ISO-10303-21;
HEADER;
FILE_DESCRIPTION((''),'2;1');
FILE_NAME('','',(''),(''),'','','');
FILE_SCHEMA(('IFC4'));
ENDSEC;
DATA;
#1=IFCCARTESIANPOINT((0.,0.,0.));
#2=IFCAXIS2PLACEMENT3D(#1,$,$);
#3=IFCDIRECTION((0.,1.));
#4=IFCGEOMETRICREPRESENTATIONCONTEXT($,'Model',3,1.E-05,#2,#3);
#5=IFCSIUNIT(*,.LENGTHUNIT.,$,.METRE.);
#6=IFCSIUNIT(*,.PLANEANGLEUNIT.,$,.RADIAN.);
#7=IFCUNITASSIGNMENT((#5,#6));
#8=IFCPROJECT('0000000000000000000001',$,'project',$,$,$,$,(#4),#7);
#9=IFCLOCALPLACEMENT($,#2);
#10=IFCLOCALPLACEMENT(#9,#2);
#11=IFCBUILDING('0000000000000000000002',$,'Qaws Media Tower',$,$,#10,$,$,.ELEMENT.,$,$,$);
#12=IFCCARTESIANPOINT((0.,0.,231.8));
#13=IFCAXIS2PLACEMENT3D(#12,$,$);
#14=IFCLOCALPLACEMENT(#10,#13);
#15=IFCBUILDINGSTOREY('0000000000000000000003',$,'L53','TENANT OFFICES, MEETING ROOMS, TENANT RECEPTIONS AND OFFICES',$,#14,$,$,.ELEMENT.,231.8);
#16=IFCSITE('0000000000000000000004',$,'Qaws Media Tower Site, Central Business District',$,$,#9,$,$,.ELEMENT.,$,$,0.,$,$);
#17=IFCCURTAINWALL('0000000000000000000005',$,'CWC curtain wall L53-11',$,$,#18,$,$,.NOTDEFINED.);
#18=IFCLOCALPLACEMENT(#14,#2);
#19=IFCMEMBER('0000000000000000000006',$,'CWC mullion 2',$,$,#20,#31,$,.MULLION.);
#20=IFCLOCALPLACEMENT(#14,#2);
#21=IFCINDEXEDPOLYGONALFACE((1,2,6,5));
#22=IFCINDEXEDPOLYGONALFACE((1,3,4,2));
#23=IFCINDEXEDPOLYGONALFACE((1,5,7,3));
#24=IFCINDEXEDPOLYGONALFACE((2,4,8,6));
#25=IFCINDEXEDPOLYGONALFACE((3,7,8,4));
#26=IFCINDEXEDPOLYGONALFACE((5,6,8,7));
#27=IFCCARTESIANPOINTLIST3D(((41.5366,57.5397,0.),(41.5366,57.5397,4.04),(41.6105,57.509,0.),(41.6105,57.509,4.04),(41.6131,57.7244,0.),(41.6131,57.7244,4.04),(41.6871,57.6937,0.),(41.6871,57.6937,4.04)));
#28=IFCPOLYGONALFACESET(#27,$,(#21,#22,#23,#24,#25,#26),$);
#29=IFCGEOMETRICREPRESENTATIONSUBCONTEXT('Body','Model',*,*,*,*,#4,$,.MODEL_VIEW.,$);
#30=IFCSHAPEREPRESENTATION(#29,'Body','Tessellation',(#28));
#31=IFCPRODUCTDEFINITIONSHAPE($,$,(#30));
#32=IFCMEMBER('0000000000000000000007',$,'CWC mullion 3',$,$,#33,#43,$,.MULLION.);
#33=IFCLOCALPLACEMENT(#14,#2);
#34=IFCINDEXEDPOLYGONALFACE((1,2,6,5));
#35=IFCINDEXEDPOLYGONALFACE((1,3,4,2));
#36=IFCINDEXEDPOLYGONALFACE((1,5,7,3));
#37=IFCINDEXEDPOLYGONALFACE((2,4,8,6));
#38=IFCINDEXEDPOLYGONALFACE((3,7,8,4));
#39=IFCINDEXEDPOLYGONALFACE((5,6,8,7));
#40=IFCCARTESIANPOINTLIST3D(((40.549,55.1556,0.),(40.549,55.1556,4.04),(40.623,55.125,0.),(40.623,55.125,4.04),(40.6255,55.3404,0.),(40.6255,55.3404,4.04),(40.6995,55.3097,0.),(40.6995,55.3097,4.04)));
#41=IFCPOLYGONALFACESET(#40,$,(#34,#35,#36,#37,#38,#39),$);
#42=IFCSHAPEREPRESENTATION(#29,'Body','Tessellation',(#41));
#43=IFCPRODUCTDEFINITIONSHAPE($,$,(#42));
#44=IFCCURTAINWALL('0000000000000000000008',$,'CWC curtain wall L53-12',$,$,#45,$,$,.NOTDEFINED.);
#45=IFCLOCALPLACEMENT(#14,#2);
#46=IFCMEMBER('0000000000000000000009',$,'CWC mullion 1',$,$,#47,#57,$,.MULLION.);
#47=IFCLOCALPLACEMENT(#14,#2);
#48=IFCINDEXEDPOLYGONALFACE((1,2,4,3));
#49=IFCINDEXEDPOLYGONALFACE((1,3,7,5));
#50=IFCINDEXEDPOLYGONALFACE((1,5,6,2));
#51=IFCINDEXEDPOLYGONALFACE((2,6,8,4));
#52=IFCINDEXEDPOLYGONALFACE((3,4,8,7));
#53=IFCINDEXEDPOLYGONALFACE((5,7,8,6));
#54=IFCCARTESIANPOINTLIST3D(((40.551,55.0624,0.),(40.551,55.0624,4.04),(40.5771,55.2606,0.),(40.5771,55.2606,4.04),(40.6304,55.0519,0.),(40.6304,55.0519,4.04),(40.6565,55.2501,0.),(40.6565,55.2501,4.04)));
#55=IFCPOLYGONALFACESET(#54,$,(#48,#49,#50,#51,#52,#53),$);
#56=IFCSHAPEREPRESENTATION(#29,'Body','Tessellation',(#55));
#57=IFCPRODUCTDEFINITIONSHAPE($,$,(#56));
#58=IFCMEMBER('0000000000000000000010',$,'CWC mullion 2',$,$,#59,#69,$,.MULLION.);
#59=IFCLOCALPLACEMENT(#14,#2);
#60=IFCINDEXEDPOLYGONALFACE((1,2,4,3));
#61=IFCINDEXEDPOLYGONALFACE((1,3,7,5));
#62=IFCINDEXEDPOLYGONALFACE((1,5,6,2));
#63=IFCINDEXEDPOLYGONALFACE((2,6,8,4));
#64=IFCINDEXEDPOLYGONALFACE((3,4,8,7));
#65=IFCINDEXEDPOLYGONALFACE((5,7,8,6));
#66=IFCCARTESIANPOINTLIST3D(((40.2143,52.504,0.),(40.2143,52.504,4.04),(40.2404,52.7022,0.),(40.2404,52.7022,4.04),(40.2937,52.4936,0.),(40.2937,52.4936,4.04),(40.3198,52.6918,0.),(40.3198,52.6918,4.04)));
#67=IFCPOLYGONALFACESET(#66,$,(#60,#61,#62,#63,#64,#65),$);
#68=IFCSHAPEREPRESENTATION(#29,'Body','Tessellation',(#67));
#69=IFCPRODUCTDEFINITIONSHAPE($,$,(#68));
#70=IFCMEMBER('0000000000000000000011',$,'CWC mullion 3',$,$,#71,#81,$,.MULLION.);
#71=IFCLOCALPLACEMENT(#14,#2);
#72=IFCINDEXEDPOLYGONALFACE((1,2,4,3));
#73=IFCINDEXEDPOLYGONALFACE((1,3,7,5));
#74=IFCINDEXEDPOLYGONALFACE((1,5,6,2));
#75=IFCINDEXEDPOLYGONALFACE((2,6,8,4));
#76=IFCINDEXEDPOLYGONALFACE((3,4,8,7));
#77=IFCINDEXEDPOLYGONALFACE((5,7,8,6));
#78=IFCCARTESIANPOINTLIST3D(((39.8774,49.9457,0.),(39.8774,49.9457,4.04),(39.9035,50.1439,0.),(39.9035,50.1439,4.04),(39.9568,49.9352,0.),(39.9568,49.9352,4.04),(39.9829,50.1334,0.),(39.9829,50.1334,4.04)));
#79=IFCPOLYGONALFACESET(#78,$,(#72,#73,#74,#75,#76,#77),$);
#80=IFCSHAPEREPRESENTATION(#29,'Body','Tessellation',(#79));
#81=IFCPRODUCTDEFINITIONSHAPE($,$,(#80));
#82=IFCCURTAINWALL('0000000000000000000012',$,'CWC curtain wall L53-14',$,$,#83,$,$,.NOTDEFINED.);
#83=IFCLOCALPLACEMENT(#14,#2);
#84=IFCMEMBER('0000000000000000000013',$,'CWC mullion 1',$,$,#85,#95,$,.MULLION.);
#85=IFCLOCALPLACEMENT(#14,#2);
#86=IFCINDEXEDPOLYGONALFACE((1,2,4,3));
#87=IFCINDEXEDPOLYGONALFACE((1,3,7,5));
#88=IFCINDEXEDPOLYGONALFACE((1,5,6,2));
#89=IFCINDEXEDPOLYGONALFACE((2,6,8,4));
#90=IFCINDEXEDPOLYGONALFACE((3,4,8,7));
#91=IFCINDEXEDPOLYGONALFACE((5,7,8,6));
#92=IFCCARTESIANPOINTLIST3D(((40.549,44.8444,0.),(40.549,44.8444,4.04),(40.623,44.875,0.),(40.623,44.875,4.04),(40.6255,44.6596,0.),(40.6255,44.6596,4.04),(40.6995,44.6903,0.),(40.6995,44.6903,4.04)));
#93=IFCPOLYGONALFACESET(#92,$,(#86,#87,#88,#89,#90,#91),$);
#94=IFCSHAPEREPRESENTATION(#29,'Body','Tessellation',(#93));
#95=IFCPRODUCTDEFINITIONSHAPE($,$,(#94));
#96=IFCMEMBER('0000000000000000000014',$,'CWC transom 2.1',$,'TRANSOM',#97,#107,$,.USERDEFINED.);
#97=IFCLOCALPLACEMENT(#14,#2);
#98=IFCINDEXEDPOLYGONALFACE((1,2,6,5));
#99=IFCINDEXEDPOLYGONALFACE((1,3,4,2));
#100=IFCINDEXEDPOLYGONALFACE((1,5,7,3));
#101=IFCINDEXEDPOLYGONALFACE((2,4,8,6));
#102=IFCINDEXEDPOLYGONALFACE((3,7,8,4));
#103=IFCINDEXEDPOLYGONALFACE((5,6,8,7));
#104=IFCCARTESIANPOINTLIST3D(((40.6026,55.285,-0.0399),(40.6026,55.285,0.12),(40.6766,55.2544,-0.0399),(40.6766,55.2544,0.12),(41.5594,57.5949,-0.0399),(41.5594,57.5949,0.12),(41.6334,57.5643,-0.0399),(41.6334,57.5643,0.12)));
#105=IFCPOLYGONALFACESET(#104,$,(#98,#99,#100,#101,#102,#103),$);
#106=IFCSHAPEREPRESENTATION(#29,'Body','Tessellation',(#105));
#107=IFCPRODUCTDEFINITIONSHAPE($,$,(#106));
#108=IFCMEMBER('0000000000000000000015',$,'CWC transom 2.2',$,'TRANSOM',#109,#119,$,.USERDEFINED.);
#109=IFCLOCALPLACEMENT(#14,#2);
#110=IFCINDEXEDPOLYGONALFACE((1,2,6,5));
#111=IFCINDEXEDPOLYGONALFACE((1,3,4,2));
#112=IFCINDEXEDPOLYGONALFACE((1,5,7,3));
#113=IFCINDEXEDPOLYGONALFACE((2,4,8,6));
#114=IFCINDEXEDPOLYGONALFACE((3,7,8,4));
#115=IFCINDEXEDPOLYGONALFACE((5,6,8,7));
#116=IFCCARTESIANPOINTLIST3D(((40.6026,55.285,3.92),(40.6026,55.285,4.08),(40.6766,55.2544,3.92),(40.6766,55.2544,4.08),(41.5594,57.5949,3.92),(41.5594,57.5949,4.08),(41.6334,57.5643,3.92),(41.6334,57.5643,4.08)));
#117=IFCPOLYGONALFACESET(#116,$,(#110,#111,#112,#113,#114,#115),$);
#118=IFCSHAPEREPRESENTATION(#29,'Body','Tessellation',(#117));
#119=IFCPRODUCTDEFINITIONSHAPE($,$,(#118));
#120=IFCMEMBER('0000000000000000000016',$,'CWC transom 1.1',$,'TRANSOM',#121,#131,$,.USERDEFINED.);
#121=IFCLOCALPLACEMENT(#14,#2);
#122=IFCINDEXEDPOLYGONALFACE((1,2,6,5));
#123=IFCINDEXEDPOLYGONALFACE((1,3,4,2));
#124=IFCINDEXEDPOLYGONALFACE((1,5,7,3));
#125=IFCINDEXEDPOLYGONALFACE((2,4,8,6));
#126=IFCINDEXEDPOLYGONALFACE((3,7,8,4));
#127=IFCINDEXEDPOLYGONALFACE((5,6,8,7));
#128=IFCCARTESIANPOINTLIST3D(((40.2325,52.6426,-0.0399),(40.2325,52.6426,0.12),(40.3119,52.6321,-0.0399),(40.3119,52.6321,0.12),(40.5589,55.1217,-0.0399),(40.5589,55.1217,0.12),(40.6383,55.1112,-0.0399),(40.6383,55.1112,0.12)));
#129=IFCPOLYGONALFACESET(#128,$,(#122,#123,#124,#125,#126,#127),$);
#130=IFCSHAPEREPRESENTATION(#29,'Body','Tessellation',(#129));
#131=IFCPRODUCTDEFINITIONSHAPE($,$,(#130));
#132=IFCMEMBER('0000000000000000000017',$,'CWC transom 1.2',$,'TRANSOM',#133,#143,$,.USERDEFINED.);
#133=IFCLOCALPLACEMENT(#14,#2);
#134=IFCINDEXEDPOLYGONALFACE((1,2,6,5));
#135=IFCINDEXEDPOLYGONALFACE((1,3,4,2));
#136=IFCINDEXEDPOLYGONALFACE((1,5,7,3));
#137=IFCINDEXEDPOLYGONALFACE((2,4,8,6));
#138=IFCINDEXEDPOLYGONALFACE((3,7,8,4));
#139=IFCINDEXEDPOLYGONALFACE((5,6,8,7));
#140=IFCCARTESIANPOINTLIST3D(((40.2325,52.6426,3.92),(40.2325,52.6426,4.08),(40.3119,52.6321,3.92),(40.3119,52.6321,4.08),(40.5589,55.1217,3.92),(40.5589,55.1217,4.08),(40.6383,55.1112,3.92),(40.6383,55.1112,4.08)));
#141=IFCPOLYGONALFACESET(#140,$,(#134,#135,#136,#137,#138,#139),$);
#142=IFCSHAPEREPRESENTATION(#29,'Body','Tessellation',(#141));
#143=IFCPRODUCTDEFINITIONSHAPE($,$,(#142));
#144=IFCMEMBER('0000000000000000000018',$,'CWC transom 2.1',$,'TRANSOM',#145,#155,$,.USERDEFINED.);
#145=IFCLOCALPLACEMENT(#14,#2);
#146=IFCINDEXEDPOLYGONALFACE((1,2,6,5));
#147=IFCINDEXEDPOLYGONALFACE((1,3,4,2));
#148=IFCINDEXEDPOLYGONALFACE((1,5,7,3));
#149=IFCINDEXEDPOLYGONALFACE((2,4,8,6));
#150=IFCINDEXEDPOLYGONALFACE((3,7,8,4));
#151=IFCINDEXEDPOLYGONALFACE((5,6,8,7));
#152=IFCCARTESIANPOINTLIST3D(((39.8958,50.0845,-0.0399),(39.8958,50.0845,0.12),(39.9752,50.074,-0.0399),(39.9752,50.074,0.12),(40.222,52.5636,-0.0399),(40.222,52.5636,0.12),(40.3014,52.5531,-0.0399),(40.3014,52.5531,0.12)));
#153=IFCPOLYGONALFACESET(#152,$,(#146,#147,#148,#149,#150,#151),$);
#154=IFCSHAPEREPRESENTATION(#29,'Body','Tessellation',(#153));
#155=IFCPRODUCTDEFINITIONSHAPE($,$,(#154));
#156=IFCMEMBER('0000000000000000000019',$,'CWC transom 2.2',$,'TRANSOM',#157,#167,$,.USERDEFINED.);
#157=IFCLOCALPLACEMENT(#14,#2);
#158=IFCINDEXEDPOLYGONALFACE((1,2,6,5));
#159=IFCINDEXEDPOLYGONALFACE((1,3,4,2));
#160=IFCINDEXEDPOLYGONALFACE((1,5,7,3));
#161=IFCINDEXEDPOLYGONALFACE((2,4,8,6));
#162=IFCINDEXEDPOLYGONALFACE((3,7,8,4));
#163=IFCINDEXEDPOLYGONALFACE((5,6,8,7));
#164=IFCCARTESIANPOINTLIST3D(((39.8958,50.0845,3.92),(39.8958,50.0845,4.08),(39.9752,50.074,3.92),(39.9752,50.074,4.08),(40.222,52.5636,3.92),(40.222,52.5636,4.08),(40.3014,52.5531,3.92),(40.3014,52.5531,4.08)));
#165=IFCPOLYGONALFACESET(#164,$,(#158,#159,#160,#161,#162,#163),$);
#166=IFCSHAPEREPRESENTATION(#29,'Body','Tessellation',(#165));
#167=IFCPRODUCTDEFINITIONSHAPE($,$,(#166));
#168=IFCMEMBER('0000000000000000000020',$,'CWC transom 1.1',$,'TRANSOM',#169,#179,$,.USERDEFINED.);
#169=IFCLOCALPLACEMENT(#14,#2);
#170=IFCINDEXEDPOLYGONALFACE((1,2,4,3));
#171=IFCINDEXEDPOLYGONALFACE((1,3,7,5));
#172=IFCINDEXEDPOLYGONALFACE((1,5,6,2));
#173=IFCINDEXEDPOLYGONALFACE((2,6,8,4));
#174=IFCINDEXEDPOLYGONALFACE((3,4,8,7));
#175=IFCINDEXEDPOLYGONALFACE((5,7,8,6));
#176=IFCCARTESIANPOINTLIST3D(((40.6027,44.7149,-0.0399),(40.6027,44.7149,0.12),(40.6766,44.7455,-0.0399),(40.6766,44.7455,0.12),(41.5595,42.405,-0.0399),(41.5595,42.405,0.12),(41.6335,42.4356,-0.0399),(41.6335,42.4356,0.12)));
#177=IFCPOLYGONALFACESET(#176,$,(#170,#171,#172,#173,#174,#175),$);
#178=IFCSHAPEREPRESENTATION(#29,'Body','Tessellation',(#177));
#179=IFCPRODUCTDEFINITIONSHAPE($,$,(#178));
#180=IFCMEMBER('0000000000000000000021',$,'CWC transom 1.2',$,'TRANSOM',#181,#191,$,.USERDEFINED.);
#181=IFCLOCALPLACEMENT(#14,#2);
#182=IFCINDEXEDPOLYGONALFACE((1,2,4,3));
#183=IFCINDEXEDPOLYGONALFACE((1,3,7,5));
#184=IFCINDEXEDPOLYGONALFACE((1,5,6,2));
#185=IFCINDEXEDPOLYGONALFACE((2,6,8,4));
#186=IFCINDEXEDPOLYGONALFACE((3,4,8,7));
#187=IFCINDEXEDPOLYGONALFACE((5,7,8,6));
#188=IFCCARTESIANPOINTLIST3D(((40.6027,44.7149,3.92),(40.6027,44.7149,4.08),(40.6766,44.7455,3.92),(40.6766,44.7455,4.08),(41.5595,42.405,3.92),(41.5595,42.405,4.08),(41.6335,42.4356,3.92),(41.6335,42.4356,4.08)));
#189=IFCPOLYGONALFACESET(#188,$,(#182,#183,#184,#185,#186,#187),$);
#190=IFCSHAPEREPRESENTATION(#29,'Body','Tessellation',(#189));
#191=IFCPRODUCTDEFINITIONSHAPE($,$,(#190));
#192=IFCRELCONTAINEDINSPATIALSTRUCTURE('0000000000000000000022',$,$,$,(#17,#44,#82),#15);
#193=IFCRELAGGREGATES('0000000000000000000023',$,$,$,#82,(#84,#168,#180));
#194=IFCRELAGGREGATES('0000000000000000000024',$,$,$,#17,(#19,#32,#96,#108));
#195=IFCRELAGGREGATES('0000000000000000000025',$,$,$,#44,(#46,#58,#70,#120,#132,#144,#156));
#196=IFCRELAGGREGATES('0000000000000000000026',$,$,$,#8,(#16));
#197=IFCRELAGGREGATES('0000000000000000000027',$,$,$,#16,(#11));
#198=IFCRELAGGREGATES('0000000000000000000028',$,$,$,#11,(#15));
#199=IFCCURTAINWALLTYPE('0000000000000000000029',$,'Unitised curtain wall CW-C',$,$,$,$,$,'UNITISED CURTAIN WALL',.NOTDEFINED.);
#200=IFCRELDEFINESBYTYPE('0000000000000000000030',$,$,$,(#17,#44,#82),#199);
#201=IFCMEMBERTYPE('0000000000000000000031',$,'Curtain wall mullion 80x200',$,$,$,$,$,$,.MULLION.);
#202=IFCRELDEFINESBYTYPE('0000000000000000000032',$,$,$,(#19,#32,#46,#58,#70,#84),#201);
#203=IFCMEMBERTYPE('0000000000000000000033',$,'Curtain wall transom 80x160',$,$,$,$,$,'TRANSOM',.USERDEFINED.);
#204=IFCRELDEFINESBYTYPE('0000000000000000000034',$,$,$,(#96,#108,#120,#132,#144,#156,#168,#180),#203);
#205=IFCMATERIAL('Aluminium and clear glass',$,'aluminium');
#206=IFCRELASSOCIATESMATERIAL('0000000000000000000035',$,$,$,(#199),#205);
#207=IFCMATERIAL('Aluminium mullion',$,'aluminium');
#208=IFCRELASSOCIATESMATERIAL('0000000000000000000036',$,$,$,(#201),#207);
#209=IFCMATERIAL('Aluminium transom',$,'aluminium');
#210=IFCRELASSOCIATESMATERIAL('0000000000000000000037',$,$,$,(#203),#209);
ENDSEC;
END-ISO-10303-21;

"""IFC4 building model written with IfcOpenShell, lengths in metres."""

from ifc_helpers import new_model, si_unit, direction, frame, origin, origin_2d, place, context, subcontext, project, spatial, rectangle, extrude, material, material_profile, profile_set, type_object, element, aggregate, save


model = new_model("IFC4")

# Units and contexts
model_context = context("Model", 3, precision=1e-05, world=origin(), true_north=direction((0.0, 1.0)))
body_context = subcontext(model_context, "Body", "Model", "MODEL_VIEW")
ifc_project = project(units=[si_unit("LENGTHUNIT", "METRE"), si_unit("PLANEANGLEUNIT", "RADIAN")], contexts=[model_context])

# Site, building, storey
site_placement = place(None, origin())
site = spatial("IfcSite", under=ifc_project, at=site_placement, Name="Qaws Media Tower Site, Central Business District", CompositionType="ELEMENT", RefElevation=0.0)
building_placement = place(site_placement, origin())
building = spatial("IfcBuilding", under=site, at=building_placement, Name="Qaws Media Tower", CompositionType="ELEMENT")
storey_placement = place(building_placement, frame((0.0, 0.0, 231.8)))
storey = spatial("IfcBuildingStorey", under=building, at=storey_placement, Name="L53", Description="TENANT OFFICES, MEETING ROOMS, TENANT RECEPTIONS AND OFFICES", CompositionType="ELEMENT", Elevation=231.8)

# Curtain walls, members
ifc_material_1 = material(Name="Aluminium and clear glass", Category="aluminium")
curtain_wall_type = type_object("IfcCurtainWallType", Name="Unitised curtain wall CW-C", ElementType="UNITISED CURTAIN WALL", PredefinedType="NOTDEFINED", material=ifc_material_1)
curtain_wall_1_placement = place(storey_placement, origin())
curtain_wall_1 = element("IfcCurtainWall", 1, at=curtain_wall_1_placement, inside=storey, type_object=curtain_wall_type, Name="CWC curtain wall L53-11", PredefinedType="NOTDEFINED")
ifc_material_2 = material(Name="Aluminium mullion", Category="aluminium")
ifc_material_profile_1 = material_profile(ifc_material_2, rectangle(XDim=0.0801, YDim=0.2, at=origin_2d()), Name="80x200")
ifc_profile_set_1 = profile_set([ifc_material_profile_1], Name="Aluminium mullion")
member_type_1 = type_object("IfcMemberType", Name="Curtain wall mullion 80x200", PredefinedType="MULLION", material=ifc_profile_set_1)
member_1_placement = place(storey_placement, frame((41.6118, 57.6167, 0.0), z_axis=(0.0, 0.0, 1.0), x_axis=(0.92388, -0.382683, 0.0)))
member_1 = element("IfcMember", 2, at=member_1_placement, type_object=member_type_1, Name="CWC mullion 2", PredefinedType="MULLION", context=body_context, shape_type="SweptSolid", body=[
    extrude(rectangle(XDim=0.0801, YDim=0.2, at=origin_2d()), origin(), (0.0, 0.0, 1.0), 4.04),
])
member_2_placement = place(storey_placement, frame((40.6243, 55.2327, 0.0), z_axis=(0.0, 0.0, 1.0), x_axis=(0.92388, -0.382683, 0.0)))
member_2 = element("IfcMember", 3, at=member_2_placement, type_object=member_type_1, Name="CWC mullion 3", PredefinedType="MULLION", context=body_context, shape_type="SweptSolid", body=[
    extrude(rectangle(XDim=0.0801, YDim=0.2, at=origin_2d()), origin(), (0.0, 0.0, 1.0), 4.04),
])
curtain_wall_2_placement = place(storey_placement, origin())
curtain_wall_2 = element("IfcCurtainWall", 4, at=curtain_wall_2_placement, inside=storey, type_object=curtain_wall_type, Name="CWC curtain wall L53-12", PredefinedType="NOTDEFINED")
member_3_placement = place(storey_placement, frame((40.6038, 55.1562, 0.0), z_axis=(0.0, 0.0, 1.0), x_axis=(0.991445, -0.130526, 0.0)))
member_3 = element("IfcMember", 5, at=member_3_placement, type_object=member_type_1, Name="CWC mullion 1", PredefinedType="MULLION", context=body_context, shape_type="SweptSolid", body=[
    extrude(rectangle(XDim=0.0801, YDim=0.2, at=origin_2d()), origin(), (0.0, 0.0, 1.0), 4.04),
])
member_4_placement = place(storey_placement, frame((40.2671, 52.5979, 0.0), z_axis=(0.0, 0.0, 1.0), x_axis=(0.991445, -0.130526, 0.0)))
member_4 = element("IfcMember", 6, at=member_4_placement, type_object=member_type_1, Name="CWC mullion 2", PredefinedType="MULLION", context=body_context, shape_type="SweptSolid", body=[
    extrude(rectangle(XDim=0.0801, YDim=0.2, at=origin_2d()), origin(), (0.0, 0.0, 1.0), 4.04),
])
member_5_placement = place(storey_placement, frame((39.9302, 50.0396, 0.0), z_axis=(0.0, 0.0, 1.0), x_axis=(0.991445, -0.130526, 0.0)))
member_5 = element("IfcMember", 7, at=member_5_placement, type_object=member_type_1, Name="CWC mullion 3", PredefinedType="MULLION", context=body_context, shape_type="SweptSolid", body=[
    extrude(rectangle(XDim=0.0801, YDim=0.2, at=origin_2d()), origin(), (0.0, 0.0, 1.0), 4.04),
])

# Curtain wall, member
curtain_wall_3_placement = place(storey_placement, origin())
curtain_wall_3 = element("IfcCurtainWall", 8, at=curtain_wall_3_placement, inside=storey, type_object=curtain_wall_type, Name="CWC curtain wall L53-14", PredefinedType="NOTDEFINED")
member_6_placement = place(storey_placement, frame((40.6243, 44.7673, 0.0), z_axis=(0.0, 0.0, 1.0), x_axis=(0.92388, 0.382683, 0.0)))
member_6 = element("IfcMember", 9, at=member_6_placement, type_object=member_type_1, Name="CWC mullion 1", PredefinedType="MULLION", context=body_context, shape_type="SweptSolid", body=[
    extrude(rectangle(XDim=0.0801, YDim=0.2, at=origin_2d()), origin(), (0.0, 0.0, 1.0), 4.04),
])

# Members
ifc_material_3 = material(Name="Aluminium transom", Category="aluminium")
ifc_material_profile_2 = material_profile(ifc_material_3, rectangle(XDim=0.0801, YDim=0.1599, at=origin_2d()), Name="80x160")
ifc_profile_set_2 = profile_set([ifc_material_profile_2], Name="Aluminium transom")
member_type_2 = type_object("IfcMemberType", Name="Curtain wall transom 80x160", ElementType="TRANSOM", PredefinedType="USERDEFINED", material=ifc_profile_set_2)
member_7_placement = place(storey_placement, frame((41.5964, 57.5796, 0.04), z_axis=(-0.382694, -0.923875, 0.0), x_axis=(0.923875, -0.382694, 0.0)))
member_7 = element("IfcMember", 10, at=member_7_placement, type_object=member_type_2, Name="CWC transom 2.1", ObjectType="TRANSOM", PredefinedType="USERDEFINED", context=body_context, shape_type="SweptSolid", body=[
    extrude(rectangle(XDim=0.0801, YDim=0.1599, at=origin_2d()), origin(), (0.0, 0.0, 1.0), 2.5002),
])
member_8_placement = place(storey_placement, frame((41.5964, 57.5796, 4.0), z_axis=(-0.382694, -0.923875, 0.0), x_axis=(0.923875, -0.382694, 0.0)))
member_8 = element("IfcMember", 11, at=member_8_placement, type_object=member_type_2, Name="CWC transom 2.2", ObjectType="TRANSOM", PredefinedType="USERDEFINED", context=body_context, shape_type="SweptSolid", body=[
    extrude(rectangle(XDim=0.0801, YDim=0.1599, at=origin_2d()), origin(), (0.0, 0.0, 1.0), 2.5002),
])
member_9_placement = place(storey_placement, frame((40.5986, 55.1165, 0.04), z_axis=(-0.130545, -0.991442, 0.0), x_axis=(0.991442, -0.130545, 0.0)))
member_9 = element("IfcMember", 12, at=member_9_placement, type_object=member_type_2, Name="CWC transom 1.1", ObjectType="TRANSOM", PredefinedType="USERDEFINED", context=body_context, shape_type="SweptSolid", body=[
    extrude(rectangle(XDim=0.0801, YDim=0.1599, at=origin_2d()), origin(), (0.0, 0.0, 1.0), 2.5005),
])
member_10_placement = place(storey_placement, frame((40.5986, 55.1165, 4.0), z_axis=(-0.130545, -0.991442, 0.0), x_axis=(0.991442, -0.130545, 0.0)))
member_10 = element("IfcMember", 13, at=member_10_placement, type_object=member_type_2, Name="CWC transom 1.2", ObjectType="TRANSOM", PredefinedType="USERDEFINED", context=body_context, shape_type="SweptSolid", body=[
    extrude(rectangle(XDim=0.0801, YDim=0.1599, at=origin_2d()), origin(), (0.0, 0.0, 1.0), 2.5005),
])
member_11_placement = place(storey_placement, frame((40.2617, 52.5583, 0.04), z_axis=(-0.130449, -0.991455, 0.0), x_axis=(0.991455, -0.130449, 0.0)))
member_11 = element("IfcMember", 14, at=member_11_placement, type_object=member_type_2, Name="CWC transom 2.1", ObjectType="TRANSOM", PredefinedType="USERDEFINED", context=body_context, shape_type="SweptSolid", body=[
    extrude(rectangle(XDim=0.0801, YDim=0.1599, at=origin_2d()), origin(), (0.0, 0.0, 1.0), 2.5005),
])
member_12_placement = place(storey_placement, frame((40.2617, 52.5583, 4.0), z_axis=(-0.130449, -0.991455, 0.0), x_axis=(0.991455, -0.130449, 0.0)))
member_12 = element("IfcMember", 15, at=member_12_placement, type_object=member_type_2, Name="CWC transom 2.2", ObjectType="TRANSOM", PredefinedType="USERDEFINED", context=body_context, shape_type="SweptSolid", body=[
    extrude(rectangle(XDim=0.0801, YDim=0.1599, at=origin_2d()), origin(), (0.0, 0.0, 1.0), 2.5005),
])
member_13_placement = place(storey_placement, frame((40.6396, 44.7302, 0.04), z_axis=(0.382694, -0.923875, 0.0), x_axis=(0.923875, 0.382694, 0.0)))
member_13 = element("IfcMember", 16, at=member_13_placement, type_object=member_type_2, Name="CWC transom 1.1", ObjectType="TRANSOM", PredefinedType="USERDEFINED", context=body_context, shape_type="SweptSolid", body=[
    extrude(rectangle(XDim=0.0801, YDim=0.1599, at=origin_2d()), origin(), (0.0, 0.0, 1.0), 2.5002),
])
member_14_placement = place(storey_placement, frame((40.6396, 44.7302, 4.0), z_axis=(0.382694, -0.923875, 0.0), x_axis=(0.923875, 0.382694, 0.0)))
member_14 = element("IfcMember", 17, at=member_14_placement, type_object=member_type_2, Name="CWC transom 1.2", ObjectType="TRANSOM", PredefinedType="USERDEFINED", context=body_context, shape_type="SweptSolid", body=[
    extrude(rectangle(XDim=0.0801, YDim=0.1599, at=origin_2d()), origin(), (0.0, 0.0, 1.0), 2.5002),
])
aggregate(curtain_wall_3, [member_6, member_13, member_14])

aggregate(curtain_wall_1, [member_1, member_2, member_7, member_8])
aggregate(curtain_wall_2, [member_3, member_4, member_5, member_9, member_10, member_11, member_12])

save(model, "model.ifc")
